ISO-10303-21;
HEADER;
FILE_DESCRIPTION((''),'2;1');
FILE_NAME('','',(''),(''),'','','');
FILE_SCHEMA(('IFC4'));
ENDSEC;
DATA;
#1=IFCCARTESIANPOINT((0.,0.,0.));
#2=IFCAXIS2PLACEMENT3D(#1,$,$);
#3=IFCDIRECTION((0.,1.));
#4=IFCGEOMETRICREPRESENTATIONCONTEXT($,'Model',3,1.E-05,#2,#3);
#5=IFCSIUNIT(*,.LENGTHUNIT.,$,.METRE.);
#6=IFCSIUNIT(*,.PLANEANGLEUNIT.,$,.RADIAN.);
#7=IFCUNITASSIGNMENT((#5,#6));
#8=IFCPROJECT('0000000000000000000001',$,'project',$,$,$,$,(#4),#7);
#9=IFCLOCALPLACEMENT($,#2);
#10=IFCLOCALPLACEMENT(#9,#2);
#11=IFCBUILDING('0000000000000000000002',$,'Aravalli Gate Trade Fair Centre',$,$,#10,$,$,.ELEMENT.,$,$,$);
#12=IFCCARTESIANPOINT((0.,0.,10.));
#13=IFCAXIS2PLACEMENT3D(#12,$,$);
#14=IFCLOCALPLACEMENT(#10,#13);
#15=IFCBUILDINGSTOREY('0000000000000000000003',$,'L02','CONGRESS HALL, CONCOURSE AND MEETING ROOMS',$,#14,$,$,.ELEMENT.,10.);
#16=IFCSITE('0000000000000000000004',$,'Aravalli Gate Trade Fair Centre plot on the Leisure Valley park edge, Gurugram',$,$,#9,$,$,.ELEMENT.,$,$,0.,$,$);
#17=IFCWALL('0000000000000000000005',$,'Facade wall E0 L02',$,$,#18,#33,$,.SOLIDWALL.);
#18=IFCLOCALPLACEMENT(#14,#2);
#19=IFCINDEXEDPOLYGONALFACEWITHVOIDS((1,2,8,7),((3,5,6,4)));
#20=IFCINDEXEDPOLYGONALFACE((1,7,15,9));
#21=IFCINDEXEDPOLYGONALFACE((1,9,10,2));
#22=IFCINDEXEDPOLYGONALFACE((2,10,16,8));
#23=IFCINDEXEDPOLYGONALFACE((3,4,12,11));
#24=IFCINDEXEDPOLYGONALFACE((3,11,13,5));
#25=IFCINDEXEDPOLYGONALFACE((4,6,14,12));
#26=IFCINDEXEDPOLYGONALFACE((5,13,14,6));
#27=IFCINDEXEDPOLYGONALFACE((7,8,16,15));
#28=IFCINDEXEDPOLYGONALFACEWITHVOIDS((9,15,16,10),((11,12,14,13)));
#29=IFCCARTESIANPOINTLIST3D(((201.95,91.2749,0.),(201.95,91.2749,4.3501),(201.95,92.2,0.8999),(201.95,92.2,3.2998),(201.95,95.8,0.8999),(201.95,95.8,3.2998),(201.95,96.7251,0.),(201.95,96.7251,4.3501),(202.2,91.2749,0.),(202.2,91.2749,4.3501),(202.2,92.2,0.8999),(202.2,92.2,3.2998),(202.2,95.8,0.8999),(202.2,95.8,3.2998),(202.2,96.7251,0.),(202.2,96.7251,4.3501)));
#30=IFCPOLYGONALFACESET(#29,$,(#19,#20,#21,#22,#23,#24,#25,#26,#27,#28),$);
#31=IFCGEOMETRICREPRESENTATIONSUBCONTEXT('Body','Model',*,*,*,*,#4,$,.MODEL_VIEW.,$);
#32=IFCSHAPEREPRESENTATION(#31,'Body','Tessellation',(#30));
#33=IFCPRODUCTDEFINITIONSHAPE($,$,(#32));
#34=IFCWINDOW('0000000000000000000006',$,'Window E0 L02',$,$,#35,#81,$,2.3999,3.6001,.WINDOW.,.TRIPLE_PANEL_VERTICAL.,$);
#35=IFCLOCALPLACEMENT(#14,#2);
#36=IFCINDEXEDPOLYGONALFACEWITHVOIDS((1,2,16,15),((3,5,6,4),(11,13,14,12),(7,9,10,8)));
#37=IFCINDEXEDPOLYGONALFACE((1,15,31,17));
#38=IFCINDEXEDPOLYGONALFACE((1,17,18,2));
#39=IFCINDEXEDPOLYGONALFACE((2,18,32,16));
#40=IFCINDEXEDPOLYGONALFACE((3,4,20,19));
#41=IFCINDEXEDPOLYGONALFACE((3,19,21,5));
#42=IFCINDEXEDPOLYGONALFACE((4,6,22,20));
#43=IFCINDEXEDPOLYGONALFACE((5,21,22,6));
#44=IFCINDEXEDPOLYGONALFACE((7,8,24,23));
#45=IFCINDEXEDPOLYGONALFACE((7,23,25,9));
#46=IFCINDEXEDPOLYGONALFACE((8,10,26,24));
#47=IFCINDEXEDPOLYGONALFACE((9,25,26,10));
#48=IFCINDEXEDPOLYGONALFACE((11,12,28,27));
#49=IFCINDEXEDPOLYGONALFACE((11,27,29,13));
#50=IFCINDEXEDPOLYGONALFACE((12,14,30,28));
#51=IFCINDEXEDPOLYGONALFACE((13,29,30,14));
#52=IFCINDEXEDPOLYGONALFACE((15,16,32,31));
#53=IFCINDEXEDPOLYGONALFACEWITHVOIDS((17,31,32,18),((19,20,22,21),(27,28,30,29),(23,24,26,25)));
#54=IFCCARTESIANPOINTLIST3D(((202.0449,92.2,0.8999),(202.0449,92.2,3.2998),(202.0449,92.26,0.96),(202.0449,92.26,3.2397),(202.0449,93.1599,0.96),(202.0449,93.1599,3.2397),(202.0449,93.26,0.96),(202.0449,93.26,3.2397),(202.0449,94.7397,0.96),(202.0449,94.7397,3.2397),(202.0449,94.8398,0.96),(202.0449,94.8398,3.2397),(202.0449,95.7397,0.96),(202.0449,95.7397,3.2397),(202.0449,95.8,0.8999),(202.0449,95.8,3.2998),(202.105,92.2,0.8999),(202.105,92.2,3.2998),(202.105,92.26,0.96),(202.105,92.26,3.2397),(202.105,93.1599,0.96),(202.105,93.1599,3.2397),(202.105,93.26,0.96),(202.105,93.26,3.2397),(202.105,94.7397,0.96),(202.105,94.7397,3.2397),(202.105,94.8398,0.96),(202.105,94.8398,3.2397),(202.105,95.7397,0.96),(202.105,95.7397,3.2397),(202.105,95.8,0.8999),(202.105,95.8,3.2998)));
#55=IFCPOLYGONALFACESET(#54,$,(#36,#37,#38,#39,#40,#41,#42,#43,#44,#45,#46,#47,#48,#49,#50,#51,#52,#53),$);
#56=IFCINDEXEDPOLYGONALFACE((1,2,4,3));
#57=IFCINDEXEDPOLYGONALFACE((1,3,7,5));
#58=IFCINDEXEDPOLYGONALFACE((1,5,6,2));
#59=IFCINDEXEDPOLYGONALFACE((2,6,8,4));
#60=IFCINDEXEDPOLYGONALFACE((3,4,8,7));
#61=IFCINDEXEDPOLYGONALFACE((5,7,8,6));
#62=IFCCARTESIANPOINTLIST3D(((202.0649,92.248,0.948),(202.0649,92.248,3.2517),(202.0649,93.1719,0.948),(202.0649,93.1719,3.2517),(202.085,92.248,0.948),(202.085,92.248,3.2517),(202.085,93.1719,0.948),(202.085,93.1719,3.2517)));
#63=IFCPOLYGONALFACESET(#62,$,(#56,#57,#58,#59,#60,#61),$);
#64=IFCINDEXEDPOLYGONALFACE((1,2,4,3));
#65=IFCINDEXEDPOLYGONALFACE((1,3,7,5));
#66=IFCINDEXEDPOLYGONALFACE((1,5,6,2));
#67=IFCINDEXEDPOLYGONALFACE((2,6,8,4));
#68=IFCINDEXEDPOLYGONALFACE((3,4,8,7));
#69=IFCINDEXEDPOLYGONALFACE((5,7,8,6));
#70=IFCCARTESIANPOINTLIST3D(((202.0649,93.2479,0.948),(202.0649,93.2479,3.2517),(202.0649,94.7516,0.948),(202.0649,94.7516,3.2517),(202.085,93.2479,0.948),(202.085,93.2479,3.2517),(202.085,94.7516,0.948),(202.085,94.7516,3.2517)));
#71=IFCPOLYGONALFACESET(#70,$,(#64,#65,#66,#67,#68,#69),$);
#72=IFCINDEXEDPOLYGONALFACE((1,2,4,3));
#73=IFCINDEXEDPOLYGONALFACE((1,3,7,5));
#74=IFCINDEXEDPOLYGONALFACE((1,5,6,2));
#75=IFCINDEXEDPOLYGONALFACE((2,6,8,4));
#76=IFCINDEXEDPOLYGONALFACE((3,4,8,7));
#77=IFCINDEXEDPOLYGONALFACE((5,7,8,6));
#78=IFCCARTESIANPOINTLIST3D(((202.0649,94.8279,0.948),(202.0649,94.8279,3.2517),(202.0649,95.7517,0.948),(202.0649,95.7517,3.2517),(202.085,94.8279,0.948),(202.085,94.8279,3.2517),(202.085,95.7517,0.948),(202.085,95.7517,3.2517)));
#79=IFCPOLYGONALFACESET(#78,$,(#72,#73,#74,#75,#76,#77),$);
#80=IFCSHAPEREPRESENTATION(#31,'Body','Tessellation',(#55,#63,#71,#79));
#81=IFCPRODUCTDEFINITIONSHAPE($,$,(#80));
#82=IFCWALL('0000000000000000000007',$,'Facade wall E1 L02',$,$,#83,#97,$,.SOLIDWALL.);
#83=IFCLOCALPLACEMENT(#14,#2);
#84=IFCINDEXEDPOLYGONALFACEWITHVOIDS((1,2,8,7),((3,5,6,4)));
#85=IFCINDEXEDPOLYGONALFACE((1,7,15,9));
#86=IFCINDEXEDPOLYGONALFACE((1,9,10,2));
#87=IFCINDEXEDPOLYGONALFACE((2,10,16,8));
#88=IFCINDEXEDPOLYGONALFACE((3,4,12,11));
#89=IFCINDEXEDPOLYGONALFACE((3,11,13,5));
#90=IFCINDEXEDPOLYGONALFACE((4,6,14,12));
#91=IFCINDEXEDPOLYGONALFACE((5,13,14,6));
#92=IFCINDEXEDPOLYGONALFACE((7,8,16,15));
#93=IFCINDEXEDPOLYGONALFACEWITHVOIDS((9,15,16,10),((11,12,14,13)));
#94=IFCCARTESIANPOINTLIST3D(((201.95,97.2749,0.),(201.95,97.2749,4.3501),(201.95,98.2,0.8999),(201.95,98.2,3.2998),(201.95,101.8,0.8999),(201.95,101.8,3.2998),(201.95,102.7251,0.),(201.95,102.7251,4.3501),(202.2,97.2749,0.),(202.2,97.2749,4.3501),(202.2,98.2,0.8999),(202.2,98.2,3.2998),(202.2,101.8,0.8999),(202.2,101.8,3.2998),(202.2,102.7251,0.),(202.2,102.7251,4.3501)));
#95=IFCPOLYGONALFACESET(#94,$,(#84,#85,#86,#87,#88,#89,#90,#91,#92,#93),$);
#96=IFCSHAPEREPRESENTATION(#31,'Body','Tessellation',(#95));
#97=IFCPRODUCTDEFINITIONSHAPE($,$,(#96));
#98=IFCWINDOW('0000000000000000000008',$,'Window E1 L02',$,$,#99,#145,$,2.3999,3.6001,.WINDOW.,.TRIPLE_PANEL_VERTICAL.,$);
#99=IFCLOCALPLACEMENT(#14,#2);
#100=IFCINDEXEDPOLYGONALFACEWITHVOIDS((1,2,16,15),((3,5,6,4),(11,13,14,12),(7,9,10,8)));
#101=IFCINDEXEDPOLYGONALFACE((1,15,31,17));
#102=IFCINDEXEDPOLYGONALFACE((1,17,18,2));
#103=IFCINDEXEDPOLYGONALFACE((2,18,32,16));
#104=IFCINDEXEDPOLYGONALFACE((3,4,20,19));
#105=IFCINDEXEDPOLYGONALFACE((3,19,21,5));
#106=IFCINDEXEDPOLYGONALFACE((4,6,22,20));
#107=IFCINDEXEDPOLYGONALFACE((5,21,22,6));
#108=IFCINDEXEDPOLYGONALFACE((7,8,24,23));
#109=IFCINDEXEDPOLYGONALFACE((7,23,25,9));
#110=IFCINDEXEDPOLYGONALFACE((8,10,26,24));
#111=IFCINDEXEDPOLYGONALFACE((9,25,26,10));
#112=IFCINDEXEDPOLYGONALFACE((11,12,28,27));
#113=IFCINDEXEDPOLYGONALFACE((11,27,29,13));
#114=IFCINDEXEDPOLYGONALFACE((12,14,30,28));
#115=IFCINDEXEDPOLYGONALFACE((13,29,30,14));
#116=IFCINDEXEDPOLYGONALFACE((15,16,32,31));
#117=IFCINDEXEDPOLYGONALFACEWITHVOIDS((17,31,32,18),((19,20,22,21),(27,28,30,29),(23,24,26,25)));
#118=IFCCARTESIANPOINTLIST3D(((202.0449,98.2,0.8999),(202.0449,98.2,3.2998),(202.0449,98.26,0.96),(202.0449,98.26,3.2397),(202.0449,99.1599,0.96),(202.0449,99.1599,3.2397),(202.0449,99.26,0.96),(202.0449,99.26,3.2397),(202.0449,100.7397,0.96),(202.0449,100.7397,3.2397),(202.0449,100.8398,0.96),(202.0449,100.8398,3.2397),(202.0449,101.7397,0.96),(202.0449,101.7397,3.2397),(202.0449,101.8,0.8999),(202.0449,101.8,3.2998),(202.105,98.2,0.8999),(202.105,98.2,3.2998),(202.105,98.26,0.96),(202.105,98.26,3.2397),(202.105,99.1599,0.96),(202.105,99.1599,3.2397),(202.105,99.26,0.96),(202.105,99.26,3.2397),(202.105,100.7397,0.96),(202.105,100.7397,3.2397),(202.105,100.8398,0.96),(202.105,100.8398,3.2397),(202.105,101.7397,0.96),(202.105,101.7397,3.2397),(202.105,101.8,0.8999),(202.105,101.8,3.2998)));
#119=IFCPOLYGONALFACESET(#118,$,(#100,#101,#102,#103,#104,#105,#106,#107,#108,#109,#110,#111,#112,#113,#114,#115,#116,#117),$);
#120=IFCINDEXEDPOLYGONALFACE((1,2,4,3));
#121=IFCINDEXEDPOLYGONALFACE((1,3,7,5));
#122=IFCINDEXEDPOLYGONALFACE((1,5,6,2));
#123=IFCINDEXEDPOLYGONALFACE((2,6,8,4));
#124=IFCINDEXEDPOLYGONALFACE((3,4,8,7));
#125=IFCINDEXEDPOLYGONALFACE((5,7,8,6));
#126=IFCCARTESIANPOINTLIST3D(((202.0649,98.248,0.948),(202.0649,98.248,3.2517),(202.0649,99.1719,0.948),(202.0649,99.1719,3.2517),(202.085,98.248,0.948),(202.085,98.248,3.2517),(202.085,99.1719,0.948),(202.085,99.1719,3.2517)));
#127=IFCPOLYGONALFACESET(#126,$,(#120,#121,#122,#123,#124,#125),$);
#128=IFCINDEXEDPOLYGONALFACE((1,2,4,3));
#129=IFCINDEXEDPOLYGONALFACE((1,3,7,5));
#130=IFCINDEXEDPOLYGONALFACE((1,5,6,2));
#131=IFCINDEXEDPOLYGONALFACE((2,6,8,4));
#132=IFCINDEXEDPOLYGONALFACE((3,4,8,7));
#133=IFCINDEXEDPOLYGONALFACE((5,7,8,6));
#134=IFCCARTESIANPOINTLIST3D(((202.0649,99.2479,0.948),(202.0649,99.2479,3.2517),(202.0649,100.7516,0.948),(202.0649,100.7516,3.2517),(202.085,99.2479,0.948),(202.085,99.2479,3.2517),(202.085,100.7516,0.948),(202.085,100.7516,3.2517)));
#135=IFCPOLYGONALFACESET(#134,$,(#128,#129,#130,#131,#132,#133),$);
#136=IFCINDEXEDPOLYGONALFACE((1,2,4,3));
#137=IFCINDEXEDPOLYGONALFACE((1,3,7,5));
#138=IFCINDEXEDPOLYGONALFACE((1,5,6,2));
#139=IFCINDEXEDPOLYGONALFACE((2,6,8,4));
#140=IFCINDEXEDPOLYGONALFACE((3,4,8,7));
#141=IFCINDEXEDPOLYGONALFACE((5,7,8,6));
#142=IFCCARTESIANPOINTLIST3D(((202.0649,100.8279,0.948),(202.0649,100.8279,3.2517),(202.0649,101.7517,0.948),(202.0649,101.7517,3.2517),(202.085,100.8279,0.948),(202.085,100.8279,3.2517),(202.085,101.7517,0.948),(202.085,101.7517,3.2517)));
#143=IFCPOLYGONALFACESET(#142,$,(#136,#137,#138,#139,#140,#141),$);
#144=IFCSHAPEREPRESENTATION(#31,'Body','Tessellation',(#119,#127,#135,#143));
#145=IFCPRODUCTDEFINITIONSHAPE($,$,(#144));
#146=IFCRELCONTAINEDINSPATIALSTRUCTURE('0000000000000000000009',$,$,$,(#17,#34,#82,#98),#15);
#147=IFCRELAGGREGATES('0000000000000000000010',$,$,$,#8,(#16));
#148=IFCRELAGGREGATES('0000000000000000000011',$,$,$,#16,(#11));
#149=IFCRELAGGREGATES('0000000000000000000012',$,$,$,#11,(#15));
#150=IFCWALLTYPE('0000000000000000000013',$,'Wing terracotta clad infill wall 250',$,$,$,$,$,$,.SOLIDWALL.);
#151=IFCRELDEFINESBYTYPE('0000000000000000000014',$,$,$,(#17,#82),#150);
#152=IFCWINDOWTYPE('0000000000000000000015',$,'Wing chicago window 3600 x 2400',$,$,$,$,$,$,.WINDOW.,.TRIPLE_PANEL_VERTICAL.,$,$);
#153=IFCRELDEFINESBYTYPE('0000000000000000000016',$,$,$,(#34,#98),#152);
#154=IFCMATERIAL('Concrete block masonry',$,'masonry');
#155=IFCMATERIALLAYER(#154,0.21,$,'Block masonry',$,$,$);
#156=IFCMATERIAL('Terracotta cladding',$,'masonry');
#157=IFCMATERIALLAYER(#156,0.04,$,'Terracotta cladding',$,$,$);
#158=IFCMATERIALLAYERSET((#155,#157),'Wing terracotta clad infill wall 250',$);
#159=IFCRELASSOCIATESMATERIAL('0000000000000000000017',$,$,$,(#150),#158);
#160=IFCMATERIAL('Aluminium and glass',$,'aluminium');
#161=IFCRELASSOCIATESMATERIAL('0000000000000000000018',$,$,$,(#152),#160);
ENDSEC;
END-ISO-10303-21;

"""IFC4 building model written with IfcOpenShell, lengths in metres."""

from ifc_helpers import new_model, si_unit, direction, frame, frame_2d, origin, place, context, subcontext, project, spatial, polyline, rectangle, outline, extrude, material, layer, layer_set, type_object, element, fill, save


model = new_model("IFC4")

# Units and contexts
model_context = context("Model", 3, precision=1e-05, world=origin(), true_north=direction((0.0, 1.0)))
body_context = subcontext(model_context, "Body", "Model", "MODEL_VIEW")
ifc_project = project(units=[si_unit("LENGTHUNIT", "METRE"), si_unit("PLANEANGLEUNIT", "RADIAN")], contexts=[model_context])

# Site, building, storey
site_placement = place(None, origin())
site = spatial("IfcSite", under=ifc_project, at=site_placement, Name="Aravalli Gate Trade Fair Centre plot on the Leisure Valley park edge, Gurugram", CompositionType="ELEMENT", RefElevation=0.0)
building_placement = place(site_placement, origin())
building = spatial("IfcBuilding", under=site, at=building_placement, Name="Aravalli Gate Trade Fair Centre", CompositionType="ELEMENT")
storey_placement = place(building_placement, frame((0.0, 0.0, 10.0)))
storey = spatial("IfcBuildingStorey", under=building, at=storey_placement, Name="L02", Description="CONGRESS HALL, CONCOURSE AND MEETING ROOMS", CompositionType="ELEMENT", Elevation=10.0)

# Shared definitions
ifc_material_1 = material(Name="Aluminium and glass", Category="aluminium")

# Walls, openings, windows
ifc_material_2 = material(Name="Concrete block masonry", Category="masonry")
ifc_layer_1 = layer(ifc_material_2, 0.21, Name="Block masonry")
ifc_material_3 = material(Name="Terracotta cladding", Category="masonry")
ifc_layer_2 = layer(ifc_material_3, 0.04, Name="Terracotta cladding")
ifc_layer_set_1 = layer_set([ifc_layer_1, ifc_layer_2], Name="Wing terracotta clad infill wall 250")
wall_type_1 = type_object("IfcWallType", Name="Wing terracotta clad infill wall 250", PredefinedType="SOLIDWALL", material=ifc_layer_set_1)
window_type_1 = type_object("IfcWindowType", Name="Wing chicago window 3600 x 2400", PartitioningType="TRIPLE_PANEL_VERTICAL", PredefinedType="WINDOW", material=ifc_material_1)
wall_1_placement = place(storey_placement, frame((202.075, 91.2749, 0.0), z_axis=(0.0, 0.0, 1.0), x_axis=(0.0, 1.0, 0.0)))
wall_1 = element("IfcWall", 1, at=wall_1_placement, inside=storey, type_object=wall_type_1, Name="Facade wall E0 L02", PredefinedType="SOLIDWALL", context=body_context, shape_type="SweptSolid", body=[
    extrude(rectangle(XDim=5.4502, YDim=0.25, at=frame_2d((2.7251, 0.0))), origin(), (0.0, 0.0, 1.0), 4.3501),
])
opening_1_placement = place(wall_1_placement, frame((0.925, 0.0, 0.8999)))
opening_1 = element("IfcOpeningElement", 2, at=opening_1_placement, cuts=wall_1, PredefinedType="OPENING", context=body_context, shape_type="SweptSolid", body=[
    extrude(rectangle(XDim=3.6001, YDim=2.3999, at=frame_2d((1.8, 1.2))), frame((0.0, 0.135, 0.0), z_axis=(0.0, -1.0, 0.0), x_axis=(1.0, 0.0, 0.0)), (0.0, 0.0, 1.0), 0.27),
])
window_1_placement = place(opening_1_placement, origin())
window_1 = element("IfcWindow", 3, at=window_1_placement, inside=storey, type_object=window_type_1, Name="Window E0 L02", OverallHeight=2.3999, OverallWidth=3.6001, PartitioningType="TRIPLE_PANEL_VERTICAL", PredefinedType="WINDOW", context=body_context, shape_type="SweptSolid", body=[
    extrude(outline(polyline([(0.0, 0.0), (3.6001, 0.0), (3.6001, 2.3999), (0.0, 2.3999), (0.0, 0.0)]), holes=[polyline([(0.0601, 0.0601), (0.96, 0.0601), (0.96, 2.3398), (0.0601, 2.3398), (0.0601, 0.0601)]), polyline([(1.0601, 0.0601), (2.5398, 0.0601), (2.5398, 2.3398), (1.0601, 2.3398), (1.0601, 0.0601)]), polyline([(2.6399, 0.0601), (3.5398, 0.0601), (3.5398, 2.3398), (2.6399, 2.3398), (2.6399, 0.0601)])]), frame((0.0, 0.03, 0.0), z_axis=(0.0, -1.0, 0.0), x_axis=(1.0, 0.0, 0.0)), (0.0, 0.0, 1.0), 0.0601),
    extrude(rectangle(XDim=0.9238, YDim=2.3037, at=frame_2d((0.51, 1.2))), frame((0.0, 0.01, 0.0), z_axis=(0.0, -1.0, 0.0), x_axis=(1.0, 0.0, 0.0)), (0.0, 0.0, 1.0), 0.02),
    extrude(rectangle(XDim=1.5037, YDim=2.3037, at=frame_2d((1.7998, 1.2))), frame((0.0, 0.01, 0.0), z_axis=(0.0, -1.0, 0.0), x_axis=(1.0, 0.0, 0.0)), (0.0, 0.0, 1.0), 0.02),
    extrude(rectangle(XDim=0.9238, YDim=2.3037, at=frame_2d((3.0898, 1.2))), frame((0.0, 0.01, 0.0), z_axis=(0.0, -1.0, 0.0), x_axis=(1.0, 0.0, 0.0)), (0.0, 0.0, 1.0), 0.02),
])
fill(opening_1, window_1)
wall_2_placement = place(storey_placement, frame((202.075, 97.2749, 0.0), z_axis=(0.0, 0.0, 1.0), x_axis=(0.0, 1.0, 0.0)))
wall_2 = element("IfcWall", 4, at=wall_2_placement, inside=storey, type_object=wall_type_1, Name="Facade wall E1 L02", PredefinedType="SOLIDWALL", context=body_context, shape_type="SweptSolid", body=[
    extrude(rectangle(XDim=5.4502, YDim=0.25, at=frame_2d((2.7251, 0.0))), origin(), (0.0, 0.0, 1.0), 4.3501),
])
opening_2_placement = place(wall_2_placement, frame((0.925, 0.0, 0.8999)))
opening_2 = element("IfcOpeningElement", 5, at=opening_2_placement, cuts=wall_2, PredefinedType="OPENING", context=body_context, shape_type="SweptSolid", body=[
    extrude(rectangle(XDim=3.6001, YDim=2.3999, at=frame_2d((1.8, 1.2))), frame((0.0, 0.135, 0.0), z_axis=(0.0, -1.0, 0.0), x_axis=(1.0, 0.0, 0.0)), (0.0, 0.0, 1.0), 0.27),
])
window_2_placement = place(opening_2_placement, origin())
window_2 = element("IfcWindow", 6, at=window_2_placement, inside=storey, type_object=window_type_1, Name="Window E1 L02", OverallHeight=2.3999, OverallWidth=3.6001, PartitioningType="TRIPLE_PANEL_VERTICAL", PredefinedType="WINDOW", context=body_context, shape_type="SweptSolid", body=[
    extrude(outline(polyline([(0.0, 0.0), (3.6001, 0.0), (3.6001, 2.3999), (0.0, 2.3999), (0.0, 0.0)]), holes=[polyline([(0.0601, 0.0601), (0.96, 0.0601), (0.96, 2.3398), (0.0601, 2.3398), (0.0601, 0.0601)]), polyline([(1.0601, 0.0601), (2.5398, 0.0601), (2.5398, 2.3398), (1.0601, 2.3398), (1.0601, 0.0601)]), polyline([(2.6399, 0.0601), (3.5398, 0.0601), (3.5398, 2.3398), (2.6399, 2.3398), (2.6399, 0.0601)])]), frame((0.0, 0.03, 0.0), z_axis=(0.0, -1.0, 0.0), x_axis=(1.0, 0.0, 0.0)), (0.0, 0.0, 1.0), 0.0601),
    extrude(rectangle(XDim=0.9238, YDim=2.3037, at=frame_2d((0.51, 1.2))), frame((0.0, 0.01, 0.0), z_axis=(0.0, -1.0, 0.0), x_axis=(1.0, 0.0, 0.0)), (0.0, 0.0, 1.0), 0.02),
    extrude(rectangle(XDim=1.5037, YDim=2.3037, at=frame_2d((1.7998, 1.2))), frame((0.0, 0.01, 0.0), z_axis=(0.0, -1.0, 0.0), x_axis=(1.0, 0.0, 0.0)), (0.0, 0.0, 1.0), 0.02),
    extrude(rectangle(XDim=0.9238, YDim=2.3037, at=frame_2d((3.0898, 1.2))), frame((0.0, 0.01, 0.0), z_axis=(0.0, -1.0, 0.0), x_axis=(1.0, 0.0, 0.0)), (0.0, 0.0, 1.0), 0.02),
])
fill(opening_2, window_2)

save(model, "model.ifc")
